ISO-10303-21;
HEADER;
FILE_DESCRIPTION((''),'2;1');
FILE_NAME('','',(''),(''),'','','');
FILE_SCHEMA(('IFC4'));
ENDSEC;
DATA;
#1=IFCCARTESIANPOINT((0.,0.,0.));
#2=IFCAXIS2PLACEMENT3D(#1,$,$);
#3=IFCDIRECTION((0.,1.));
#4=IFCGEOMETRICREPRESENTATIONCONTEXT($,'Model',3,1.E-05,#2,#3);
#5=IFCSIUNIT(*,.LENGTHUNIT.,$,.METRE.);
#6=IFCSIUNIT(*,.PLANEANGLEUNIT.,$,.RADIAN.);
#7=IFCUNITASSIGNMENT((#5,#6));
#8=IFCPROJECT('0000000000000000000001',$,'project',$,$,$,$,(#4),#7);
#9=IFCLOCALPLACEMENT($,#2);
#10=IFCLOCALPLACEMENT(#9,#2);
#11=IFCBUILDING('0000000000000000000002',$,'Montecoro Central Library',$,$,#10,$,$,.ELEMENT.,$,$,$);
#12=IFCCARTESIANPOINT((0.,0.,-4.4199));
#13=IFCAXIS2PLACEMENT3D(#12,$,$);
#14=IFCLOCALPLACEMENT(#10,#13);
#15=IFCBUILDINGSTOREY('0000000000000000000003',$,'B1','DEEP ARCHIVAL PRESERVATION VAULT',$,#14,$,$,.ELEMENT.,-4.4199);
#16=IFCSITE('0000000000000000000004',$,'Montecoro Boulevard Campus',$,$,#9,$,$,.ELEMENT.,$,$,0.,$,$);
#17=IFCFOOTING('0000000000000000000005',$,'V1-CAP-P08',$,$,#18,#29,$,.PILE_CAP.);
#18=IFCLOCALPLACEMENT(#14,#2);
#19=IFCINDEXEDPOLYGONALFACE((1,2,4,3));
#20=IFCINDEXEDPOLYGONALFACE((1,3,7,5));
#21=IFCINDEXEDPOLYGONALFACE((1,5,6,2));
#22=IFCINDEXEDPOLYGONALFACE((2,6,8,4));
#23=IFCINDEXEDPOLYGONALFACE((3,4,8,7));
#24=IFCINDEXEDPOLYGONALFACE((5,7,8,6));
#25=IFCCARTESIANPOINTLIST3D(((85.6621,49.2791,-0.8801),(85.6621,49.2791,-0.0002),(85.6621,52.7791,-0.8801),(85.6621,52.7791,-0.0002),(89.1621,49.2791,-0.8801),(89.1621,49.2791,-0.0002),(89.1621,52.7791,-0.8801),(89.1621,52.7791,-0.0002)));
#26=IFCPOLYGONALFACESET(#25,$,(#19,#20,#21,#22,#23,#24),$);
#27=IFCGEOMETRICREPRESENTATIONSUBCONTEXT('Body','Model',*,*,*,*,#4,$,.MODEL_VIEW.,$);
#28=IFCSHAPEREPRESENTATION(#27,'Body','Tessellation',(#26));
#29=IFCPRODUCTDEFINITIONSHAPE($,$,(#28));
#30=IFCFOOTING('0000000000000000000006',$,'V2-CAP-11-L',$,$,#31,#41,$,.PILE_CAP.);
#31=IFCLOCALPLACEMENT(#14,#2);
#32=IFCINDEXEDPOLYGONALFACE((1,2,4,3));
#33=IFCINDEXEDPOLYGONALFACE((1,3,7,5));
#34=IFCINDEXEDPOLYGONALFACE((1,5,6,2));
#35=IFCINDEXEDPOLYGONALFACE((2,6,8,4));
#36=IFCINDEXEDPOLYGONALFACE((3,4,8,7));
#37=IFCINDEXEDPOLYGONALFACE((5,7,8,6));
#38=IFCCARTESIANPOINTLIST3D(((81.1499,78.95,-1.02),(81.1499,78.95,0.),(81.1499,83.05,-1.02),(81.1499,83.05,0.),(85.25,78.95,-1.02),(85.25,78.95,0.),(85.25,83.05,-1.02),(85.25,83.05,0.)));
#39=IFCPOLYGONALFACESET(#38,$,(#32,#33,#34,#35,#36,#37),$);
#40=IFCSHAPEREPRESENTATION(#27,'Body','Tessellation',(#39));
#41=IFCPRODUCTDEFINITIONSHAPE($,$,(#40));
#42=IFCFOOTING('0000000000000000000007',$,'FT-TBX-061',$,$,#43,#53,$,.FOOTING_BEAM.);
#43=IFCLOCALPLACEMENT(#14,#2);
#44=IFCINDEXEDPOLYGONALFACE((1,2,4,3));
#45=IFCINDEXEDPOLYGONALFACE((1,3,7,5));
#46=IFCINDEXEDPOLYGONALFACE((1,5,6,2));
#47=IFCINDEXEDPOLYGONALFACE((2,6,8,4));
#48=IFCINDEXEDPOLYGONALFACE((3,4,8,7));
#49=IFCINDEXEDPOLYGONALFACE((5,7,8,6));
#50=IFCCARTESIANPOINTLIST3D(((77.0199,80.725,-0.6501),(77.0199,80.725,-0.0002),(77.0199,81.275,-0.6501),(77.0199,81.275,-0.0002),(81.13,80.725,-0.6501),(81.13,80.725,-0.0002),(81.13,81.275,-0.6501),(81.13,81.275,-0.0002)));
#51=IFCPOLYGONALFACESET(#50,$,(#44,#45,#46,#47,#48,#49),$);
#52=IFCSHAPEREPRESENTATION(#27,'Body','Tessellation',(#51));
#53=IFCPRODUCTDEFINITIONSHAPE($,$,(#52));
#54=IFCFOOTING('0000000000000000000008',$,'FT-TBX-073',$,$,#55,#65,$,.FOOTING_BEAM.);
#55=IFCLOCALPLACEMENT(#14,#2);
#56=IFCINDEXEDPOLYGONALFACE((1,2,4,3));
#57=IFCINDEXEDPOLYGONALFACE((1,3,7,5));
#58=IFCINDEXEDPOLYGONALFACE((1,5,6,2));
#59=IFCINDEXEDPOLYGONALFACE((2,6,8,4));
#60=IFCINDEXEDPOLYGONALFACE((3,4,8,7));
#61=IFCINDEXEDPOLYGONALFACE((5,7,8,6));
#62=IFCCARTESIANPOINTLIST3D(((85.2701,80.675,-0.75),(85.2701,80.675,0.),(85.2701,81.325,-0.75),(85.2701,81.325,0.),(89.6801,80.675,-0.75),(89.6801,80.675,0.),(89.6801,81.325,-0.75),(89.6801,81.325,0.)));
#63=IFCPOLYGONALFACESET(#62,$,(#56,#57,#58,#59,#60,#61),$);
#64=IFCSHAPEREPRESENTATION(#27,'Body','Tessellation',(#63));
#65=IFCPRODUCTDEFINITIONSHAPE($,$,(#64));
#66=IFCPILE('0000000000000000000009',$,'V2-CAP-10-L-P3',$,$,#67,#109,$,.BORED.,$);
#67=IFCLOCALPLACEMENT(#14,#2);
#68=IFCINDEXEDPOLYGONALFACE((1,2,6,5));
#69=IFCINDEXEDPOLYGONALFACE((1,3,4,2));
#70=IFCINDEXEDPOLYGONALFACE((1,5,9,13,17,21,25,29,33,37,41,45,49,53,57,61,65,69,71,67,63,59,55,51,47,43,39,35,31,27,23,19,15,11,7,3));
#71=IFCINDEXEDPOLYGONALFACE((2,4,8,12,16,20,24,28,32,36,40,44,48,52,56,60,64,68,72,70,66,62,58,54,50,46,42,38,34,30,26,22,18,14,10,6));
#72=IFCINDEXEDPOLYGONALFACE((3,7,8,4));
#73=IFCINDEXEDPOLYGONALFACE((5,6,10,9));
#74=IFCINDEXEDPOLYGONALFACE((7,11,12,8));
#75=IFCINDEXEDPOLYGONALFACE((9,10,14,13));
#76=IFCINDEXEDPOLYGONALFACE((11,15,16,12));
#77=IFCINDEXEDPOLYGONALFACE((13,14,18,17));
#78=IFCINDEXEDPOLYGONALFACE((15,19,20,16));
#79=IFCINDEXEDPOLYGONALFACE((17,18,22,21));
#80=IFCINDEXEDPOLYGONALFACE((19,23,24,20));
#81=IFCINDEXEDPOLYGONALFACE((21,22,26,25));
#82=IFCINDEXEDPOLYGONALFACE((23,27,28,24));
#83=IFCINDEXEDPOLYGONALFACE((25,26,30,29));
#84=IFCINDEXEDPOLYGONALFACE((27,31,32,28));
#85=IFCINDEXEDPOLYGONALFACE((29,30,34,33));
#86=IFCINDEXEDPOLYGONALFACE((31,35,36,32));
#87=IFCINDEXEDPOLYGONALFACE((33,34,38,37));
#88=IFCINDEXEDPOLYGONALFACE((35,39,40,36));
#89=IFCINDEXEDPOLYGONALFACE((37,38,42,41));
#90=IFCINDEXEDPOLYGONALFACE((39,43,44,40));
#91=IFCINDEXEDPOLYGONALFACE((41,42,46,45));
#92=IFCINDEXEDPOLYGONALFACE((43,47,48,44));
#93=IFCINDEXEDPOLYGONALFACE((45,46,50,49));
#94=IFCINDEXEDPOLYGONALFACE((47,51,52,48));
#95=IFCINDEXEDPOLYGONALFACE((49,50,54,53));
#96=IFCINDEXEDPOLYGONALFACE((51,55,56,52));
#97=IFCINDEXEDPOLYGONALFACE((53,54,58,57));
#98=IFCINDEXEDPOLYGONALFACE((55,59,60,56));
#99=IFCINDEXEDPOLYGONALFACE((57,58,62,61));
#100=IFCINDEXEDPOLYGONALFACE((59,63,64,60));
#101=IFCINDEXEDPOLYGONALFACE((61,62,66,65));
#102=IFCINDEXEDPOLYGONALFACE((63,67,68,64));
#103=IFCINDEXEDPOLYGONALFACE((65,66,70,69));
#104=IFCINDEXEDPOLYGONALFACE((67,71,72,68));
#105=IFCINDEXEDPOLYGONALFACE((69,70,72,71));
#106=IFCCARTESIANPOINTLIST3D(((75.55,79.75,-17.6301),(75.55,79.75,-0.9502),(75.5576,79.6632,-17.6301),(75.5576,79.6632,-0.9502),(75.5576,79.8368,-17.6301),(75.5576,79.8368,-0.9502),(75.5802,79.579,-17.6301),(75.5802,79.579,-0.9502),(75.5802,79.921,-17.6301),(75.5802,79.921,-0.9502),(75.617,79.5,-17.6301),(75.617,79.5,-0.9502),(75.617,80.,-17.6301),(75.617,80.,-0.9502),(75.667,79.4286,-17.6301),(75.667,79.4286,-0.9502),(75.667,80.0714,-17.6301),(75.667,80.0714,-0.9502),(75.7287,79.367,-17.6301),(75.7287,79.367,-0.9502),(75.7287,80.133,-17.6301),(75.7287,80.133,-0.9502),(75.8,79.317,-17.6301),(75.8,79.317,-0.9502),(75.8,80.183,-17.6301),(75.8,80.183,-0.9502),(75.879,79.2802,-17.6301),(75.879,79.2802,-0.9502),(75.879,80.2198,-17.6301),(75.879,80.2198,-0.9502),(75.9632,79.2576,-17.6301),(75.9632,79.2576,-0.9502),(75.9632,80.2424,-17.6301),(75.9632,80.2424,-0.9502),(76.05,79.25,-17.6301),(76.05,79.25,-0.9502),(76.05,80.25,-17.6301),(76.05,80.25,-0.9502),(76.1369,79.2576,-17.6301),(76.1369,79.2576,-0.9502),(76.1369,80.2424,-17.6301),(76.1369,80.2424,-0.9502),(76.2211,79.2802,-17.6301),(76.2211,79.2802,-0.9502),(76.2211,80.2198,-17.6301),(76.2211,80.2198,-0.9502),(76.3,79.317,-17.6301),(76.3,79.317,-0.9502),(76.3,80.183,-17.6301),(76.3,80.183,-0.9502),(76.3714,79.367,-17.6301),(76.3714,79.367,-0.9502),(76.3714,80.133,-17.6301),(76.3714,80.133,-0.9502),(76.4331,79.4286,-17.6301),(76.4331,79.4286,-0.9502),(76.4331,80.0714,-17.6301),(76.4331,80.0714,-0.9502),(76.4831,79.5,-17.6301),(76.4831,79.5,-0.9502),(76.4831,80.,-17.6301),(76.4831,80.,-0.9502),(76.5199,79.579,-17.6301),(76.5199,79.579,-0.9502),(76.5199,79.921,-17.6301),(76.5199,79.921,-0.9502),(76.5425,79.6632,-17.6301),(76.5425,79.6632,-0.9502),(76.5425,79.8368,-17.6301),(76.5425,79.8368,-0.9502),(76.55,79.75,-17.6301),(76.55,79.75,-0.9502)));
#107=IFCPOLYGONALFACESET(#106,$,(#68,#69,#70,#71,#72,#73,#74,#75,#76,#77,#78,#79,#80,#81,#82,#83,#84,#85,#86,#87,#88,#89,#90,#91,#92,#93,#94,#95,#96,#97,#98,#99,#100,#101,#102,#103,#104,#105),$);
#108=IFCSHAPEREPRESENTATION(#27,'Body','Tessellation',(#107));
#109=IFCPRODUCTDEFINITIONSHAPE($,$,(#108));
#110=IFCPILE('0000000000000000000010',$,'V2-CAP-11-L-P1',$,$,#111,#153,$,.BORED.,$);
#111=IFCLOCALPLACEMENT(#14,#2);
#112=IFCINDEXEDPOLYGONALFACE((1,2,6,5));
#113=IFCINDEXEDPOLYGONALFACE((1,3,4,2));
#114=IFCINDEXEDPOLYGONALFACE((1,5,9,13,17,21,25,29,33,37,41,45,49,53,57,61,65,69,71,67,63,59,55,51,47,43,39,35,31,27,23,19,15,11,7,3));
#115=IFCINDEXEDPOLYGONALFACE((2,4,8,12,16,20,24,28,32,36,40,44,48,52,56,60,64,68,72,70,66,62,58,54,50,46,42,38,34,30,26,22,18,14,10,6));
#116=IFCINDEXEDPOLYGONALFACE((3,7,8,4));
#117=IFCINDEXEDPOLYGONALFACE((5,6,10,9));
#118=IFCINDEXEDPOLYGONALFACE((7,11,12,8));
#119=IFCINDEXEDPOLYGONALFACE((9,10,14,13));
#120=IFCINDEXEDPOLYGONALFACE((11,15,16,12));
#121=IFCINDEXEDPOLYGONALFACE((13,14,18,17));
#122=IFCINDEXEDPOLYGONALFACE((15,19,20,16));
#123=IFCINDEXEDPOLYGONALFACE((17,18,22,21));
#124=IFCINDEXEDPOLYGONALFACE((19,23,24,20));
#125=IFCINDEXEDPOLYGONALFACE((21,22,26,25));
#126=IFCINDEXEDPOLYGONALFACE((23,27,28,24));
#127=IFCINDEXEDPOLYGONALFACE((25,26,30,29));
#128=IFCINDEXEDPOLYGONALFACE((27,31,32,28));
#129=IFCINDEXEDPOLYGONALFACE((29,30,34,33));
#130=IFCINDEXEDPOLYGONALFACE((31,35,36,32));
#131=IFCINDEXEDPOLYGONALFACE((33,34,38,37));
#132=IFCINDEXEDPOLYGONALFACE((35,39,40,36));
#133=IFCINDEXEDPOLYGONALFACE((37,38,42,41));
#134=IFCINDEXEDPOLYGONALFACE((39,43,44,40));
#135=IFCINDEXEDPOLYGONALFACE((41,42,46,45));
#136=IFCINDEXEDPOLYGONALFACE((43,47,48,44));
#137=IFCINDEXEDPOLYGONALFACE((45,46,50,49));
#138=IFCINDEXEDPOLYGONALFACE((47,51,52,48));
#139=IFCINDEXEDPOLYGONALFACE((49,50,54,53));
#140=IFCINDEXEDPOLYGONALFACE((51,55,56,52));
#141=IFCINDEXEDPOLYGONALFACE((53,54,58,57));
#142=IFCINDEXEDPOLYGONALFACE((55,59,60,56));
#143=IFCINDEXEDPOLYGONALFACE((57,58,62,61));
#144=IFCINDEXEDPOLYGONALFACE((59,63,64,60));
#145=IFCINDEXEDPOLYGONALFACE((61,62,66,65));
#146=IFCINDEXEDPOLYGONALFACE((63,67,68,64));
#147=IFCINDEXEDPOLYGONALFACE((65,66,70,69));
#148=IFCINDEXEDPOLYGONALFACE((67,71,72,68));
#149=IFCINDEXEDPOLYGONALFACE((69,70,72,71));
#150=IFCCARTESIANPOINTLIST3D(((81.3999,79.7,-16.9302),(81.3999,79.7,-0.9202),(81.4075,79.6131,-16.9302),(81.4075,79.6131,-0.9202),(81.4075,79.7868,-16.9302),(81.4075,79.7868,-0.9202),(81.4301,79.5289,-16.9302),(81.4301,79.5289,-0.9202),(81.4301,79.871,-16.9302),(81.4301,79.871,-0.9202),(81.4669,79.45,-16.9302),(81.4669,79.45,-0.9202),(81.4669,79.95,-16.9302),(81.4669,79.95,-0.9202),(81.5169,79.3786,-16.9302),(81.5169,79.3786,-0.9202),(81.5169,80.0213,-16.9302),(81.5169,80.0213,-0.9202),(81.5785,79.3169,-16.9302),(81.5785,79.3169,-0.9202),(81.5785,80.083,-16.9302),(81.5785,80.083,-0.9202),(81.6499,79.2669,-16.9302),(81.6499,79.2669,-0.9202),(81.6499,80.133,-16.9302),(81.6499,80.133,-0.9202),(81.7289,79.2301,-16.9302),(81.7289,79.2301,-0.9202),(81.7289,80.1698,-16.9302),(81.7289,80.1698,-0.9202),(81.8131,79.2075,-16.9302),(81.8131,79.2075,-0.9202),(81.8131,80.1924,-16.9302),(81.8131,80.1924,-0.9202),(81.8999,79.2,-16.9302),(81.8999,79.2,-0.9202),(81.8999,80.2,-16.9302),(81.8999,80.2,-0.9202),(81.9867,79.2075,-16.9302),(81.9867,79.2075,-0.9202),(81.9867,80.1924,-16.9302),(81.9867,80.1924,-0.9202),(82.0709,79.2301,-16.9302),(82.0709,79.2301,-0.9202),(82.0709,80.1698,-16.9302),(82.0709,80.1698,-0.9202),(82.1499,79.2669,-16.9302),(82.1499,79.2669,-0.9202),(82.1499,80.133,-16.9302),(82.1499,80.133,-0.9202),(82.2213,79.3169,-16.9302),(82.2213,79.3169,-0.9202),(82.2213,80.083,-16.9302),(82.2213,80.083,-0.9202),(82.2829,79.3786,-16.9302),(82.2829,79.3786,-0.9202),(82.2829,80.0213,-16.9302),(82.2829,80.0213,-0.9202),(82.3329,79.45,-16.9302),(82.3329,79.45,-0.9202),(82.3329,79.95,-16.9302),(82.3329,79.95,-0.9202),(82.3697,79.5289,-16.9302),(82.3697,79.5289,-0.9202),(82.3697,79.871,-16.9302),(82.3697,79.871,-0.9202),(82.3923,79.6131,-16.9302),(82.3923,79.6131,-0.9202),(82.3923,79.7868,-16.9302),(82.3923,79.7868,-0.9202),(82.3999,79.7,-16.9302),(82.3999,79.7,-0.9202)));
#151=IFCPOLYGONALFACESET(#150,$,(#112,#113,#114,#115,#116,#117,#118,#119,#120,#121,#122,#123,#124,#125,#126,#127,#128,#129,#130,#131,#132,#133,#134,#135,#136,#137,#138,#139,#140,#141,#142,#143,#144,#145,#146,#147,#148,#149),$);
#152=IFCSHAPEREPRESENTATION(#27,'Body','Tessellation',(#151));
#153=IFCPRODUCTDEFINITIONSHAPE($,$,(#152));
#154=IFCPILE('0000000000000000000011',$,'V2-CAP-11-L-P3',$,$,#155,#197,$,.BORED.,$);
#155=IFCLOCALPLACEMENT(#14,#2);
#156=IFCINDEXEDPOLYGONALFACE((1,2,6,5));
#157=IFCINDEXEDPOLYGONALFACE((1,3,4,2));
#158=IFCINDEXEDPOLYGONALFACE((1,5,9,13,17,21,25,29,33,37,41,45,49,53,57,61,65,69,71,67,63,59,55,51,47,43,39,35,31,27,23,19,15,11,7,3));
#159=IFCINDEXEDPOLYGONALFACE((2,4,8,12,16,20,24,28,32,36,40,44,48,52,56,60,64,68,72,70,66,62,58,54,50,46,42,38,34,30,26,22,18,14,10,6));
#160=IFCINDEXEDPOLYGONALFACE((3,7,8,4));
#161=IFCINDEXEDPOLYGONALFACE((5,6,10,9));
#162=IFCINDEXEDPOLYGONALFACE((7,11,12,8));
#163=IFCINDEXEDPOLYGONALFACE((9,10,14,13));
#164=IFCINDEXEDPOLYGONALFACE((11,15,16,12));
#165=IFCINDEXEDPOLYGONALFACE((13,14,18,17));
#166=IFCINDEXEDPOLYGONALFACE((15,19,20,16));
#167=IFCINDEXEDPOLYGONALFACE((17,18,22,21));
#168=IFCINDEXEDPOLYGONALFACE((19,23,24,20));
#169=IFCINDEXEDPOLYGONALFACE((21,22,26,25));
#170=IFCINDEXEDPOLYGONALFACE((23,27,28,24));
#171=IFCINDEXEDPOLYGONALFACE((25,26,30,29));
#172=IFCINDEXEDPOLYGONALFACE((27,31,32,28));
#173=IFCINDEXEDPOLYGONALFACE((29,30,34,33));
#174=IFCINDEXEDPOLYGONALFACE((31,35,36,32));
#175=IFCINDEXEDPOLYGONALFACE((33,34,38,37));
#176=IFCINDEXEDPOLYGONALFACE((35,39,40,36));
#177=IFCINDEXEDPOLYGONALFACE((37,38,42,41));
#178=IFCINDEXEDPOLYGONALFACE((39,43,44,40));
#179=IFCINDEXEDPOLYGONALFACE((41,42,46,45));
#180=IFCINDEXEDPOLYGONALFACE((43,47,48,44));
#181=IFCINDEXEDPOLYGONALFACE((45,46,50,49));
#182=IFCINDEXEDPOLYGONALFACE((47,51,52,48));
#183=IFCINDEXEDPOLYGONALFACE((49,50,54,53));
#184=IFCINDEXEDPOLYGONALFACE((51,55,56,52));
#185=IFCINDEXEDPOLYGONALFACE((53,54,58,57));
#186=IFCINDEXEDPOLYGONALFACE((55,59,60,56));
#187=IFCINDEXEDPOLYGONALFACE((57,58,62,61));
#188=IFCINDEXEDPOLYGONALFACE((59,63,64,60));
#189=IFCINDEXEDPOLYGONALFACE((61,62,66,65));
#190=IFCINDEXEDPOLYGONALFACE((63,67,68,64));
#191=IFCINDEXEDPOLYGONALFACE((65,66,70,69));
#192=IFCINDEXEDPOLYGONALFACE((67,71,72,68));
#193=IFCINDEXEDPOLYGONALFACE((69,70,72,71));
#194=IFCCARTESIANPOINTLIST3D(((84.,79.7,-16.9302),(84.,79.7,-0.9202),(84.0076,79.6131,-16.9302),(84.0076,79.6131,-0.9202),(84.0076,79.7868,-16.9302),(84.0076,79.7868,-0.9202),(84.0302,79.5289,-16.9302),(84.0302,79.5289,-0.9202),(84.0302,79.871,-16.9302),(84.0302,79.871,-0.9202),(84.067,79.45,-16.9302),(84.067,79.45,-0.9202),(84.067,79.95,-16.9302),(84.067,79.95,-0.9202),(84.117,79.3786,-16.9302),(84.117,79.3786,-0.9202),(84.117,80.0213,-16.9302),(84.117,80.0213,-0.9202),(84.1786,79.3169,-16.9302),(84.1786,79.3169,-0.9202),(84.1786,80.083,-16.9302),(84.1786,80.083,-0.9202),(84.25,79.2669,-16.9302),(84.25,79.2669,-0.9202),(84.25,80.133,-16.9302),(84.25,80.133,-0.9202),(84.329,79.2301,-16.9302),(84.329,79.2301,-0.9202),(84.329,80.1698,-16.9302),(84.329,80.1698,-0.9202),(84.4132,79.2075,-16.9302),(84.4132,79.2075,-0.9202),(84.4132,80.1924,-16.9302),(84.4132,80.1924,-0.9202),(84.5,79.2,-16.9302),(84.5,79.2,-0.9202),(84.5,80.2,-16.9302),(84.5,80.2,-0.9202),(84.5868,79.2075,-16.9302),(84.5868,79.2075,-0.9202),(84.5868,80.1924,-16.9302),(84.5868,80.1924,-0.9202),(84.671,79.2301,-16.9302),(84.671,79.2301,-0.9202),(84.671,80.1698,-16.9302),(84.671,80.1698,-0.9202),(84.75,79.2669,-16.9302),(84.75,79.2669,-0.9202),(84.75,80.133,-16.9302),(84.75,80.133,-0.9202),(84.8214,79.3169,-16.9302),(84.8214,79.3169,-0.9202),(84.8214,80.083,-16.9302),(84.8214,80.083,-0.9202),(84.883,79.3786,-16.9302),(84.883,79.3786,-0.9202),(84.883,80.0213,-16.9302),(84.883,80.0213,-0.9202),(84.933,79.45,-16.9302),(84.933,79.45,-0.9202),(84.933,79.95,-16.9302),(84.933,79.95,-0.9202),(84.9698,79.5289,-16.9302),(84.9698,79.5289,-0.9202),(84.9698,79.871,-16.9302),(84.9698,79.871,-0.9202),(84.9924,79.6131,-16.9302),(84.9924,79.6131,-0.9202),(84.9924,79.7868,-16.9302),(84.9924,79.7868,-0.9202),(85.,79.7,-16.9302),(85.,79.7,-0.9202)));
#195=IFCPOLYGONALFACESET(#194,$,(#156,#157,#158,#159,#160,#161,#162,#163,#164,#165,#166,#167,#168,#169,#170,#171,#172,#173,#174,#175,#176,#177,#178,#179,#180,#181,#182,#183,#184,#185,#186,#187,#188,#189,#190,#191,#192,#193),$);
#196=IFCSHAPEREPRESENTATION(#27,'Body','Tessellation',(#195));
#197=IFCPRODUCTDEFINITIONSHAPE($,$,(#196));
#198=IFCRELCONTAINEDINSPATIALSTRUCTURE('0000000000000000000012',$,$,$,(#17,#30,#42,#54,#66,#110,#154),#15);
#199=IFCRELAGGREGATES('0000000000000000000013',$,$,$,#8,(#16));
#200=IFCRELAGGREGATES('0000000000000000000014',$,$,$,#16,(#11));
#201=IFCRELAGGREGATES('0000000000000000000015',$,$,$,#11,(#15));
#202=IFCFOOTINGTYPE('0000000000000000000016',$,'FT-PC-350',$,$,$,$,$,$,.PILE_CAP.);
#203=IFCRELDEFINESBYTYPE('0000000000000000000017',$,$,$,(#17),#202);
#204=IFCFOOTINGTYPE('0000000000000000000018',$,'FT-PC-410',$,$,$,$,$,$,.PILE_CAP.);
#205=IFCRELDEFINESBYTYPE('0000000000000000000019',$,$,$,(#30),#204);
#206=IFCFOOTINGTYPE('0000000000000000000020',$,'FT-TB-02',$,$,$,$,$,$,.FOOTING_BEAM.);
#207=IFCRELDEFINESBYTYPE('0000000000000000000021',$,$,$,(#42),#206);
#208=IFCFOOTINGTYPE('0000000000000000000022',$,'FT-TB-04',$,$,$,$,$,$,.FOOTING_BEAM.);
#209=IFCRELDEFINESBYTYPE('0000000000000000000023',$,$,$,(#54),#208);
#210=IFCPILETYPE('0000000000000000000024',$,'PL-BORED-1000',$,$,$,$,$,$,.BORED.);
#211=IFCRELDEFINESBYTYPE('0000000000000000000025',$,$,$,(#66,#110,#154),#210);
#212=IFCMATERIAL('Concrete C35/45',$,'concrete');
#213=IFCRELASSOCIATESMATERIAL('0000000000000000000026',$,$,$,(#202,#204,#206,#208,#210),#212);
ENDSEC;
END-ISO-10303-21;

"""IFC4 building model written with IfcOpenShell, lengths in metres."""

from ifc_helpers import new_model, si_unit, direction, frame, origin, origin_2d, place, context, subcontext, project, spatial, rectangle, circle, extrude, material, material_profile, profile_set, type_object, element, save


model = new_model("IFC4")

# Units and contexts
model_context = context("Model", 3, precision=1e-05, world=origin(), true_north=direction((0.0, 1.0)))
body_context = subcontext(model_context, "Body", "Model", "MODEL_VIEW")
ifc_project = project(units=[si_unit("LENGTHUNIT", "METRE"), si_unit("PLANEANGLEUNIT", "RADIAN")], contexts=[model_context])

# Site, building, storey
site_placement = place(None, origin())
site = spatial("IfcSite", under=ifc_project, at=site_placement, Name="Montecoro Boulevard Campus", CompositionType="ELEMENT", RefElevation=0.0)
building_placement = place(site_placement, origin())
building = spatial("IfcBuilding", under=site, at=building_placement, Name="Montecoro Central Library", CompositionType="ELEMENT")
storey_placement = place(building_placement, frame((0.0, 0.0, -4.4199)))
storey = spatial("IfcBuildingStorey", under=building, at=storey_placement, Name="B1", Description="DEEP ARCHIVAL PRESERVATION VAULT", CompositionType="ELEMENT", Elevation=-4.4199)

# Footings
ifc_material_1 = material(Name="Concrete C35/45", Category="concrete")
footing_type_1 = type_object("IfcFootingType", Name="FT-PC-350", PredefinedType="PILE_CAP", material=ifc_material_1)
footing_1_placement = place(storey_placement, frame((87.4121, 51.0291, -0.8801), z_axis=(0.0, 0.0, 1.0), x_axis=(1.0, 0.0, 0.0)))
element("IfcFooting", 1, at=footing_1_placement, inside=storey, type_object=footing_type_1, Name="V1-CAP-P08", PredefinedType="PILE_CAP", context=body_context, shape_type="SweptSolid", body=[
    extrude(rectangle(XDim=3.5, YDim=3.5, at=origin_2d()), origin(), (0.0, 0.0, 1.0), 0.8799),
])
footing_type_2 = type_object("IfcFootingType", Name="FT-PC-410", PredefinedType="PILE_CAP", material=ifc_material_1)
footing_2_placement = place(storey_placement, frame((83.2, 81.0, -1.02), z_axis=(0.0, 0.0, 1.0), x_axis=(1.0, 0.0, 0.0)))
element("IfcFooting", 2, at=footing_2_placement, inside=storey, type_object=footing_type_2, Name="V2-CAP-11-L", PredefinedType="PILE_CAP", context=body_context, shape_type="SweptSolid", body=[
    extrude(rectangle(XDim=4.1001, YDim=4.1001, at=origin_2d()), origin(), (0.0, 0.0, 1.0), 1.02),
])
footing_type_3 = type_object("IfcFootingType", Name="FT-TB-02", PredefinedType="FOOTING_BEAM", material=ifc_material_1)
footing_3_placement = place(storey_placement, frame((79.075, 81.0, -0.6501), z_axis=(0.0, 0.0, 1.0), x_axis=(1.0, 0.0, 0.0)))
element("IfcFooting", 3, at=footing_3_placement, inside=storey, type_object=footing_type_3, Name="FT-TBX-061", PredefinedType="FOOTING_BEAM", context=body_context, shape_type="SweptSolid", body=[
    extrude(rectangle(XDim=4.1101, YDim=0.55, at=origin_2d()), origin(), (0.0, 0.0, 1.0), 0.6499),
])
footing_type_4 = type_object("IfcFootingType", Name="FT-TB-04", PredefinedType="FOOTING_BEAM", material=ifc_material_1)
footing_4_placement = place(storey_placement, frame((87.4751, 81.0, -0.75), z_axis=(0.0, 0.0, 1.0), x_axis=(1.0, 0.0, 0.0)))
element("IfcFooting", 4, at=footing_4_placement, inside=storey, type_object=footing_type_4, Name="FT-TBX-073", PredefinedType="FOOTING_BEAM", context=body_context, shape_type="SweptSolid", body=[
    extrude(rectangle(XDim=4.4099, YDim=0.6499, at=origin_2d()), origin(), (0.0, 0.0, 1.0), 0.75),
])

# Piles
ifc_material_profile_1 = material_profile(ifc_material_1, circle(Radius=0.5, at=origin_2d()), Name="PILE D1000")
ifc_profile_set_1 = profile_set([ifc_material_profile_1], Name="Concrete C35/45")
pile_type_1 = type_object("IfcPileType", Name="PL-BORED-1000", PredefinedType="BORED", material=ifc_profile_set_1)
pile_1_placement = place(storey_placement, frame((76.05, 79.75, -0.9502), z_axis=(0.0, 0.0, -1.0), x_axis=(1.0, 0.0, 0.0)))
element("IfcPile", 5, at=pile_1_placement, inside=storey, type_object=pile_type_1, Name="V2-CAP-10-L-P3", PredefinedType="BORED", context=body_context, shape_type="SweptSolid", body=[
    extrude(circle(Radius=0.5, at=origin_2d()), origin(), (0.0, 0.0, 1.0), 16.6799),
])
for number, where, z_axis, x_axis, name in (
    (6, (81.8999, 79.7, -0.9202), (0.0, 0.0, -1.0), (1.0, 0.0, 0.0), "V2-CAP-11-L-P1"),
    (7, (84.5, 79.7, -0.9202), (0.0, 0.0, -1.0), (1.0, 0.0, 0.0), "V2-CAP-11-L-P3"),
):
    element("IfcPile", number, at=place(storey_placement, frame(where, z_axis=z_axis, x_axis=x_axis)), inside=storey, type_object=pile_type_1, Name=name, PredefinedType="BORED", context=body_context, shape_type="SweptSolid", body=[
        extrude(circle(Radius=0.5, at=origin_2d()), origin(), (0.0, 0.0, 1.0), 16.01),
    ])

save(model, "model.ifc")
